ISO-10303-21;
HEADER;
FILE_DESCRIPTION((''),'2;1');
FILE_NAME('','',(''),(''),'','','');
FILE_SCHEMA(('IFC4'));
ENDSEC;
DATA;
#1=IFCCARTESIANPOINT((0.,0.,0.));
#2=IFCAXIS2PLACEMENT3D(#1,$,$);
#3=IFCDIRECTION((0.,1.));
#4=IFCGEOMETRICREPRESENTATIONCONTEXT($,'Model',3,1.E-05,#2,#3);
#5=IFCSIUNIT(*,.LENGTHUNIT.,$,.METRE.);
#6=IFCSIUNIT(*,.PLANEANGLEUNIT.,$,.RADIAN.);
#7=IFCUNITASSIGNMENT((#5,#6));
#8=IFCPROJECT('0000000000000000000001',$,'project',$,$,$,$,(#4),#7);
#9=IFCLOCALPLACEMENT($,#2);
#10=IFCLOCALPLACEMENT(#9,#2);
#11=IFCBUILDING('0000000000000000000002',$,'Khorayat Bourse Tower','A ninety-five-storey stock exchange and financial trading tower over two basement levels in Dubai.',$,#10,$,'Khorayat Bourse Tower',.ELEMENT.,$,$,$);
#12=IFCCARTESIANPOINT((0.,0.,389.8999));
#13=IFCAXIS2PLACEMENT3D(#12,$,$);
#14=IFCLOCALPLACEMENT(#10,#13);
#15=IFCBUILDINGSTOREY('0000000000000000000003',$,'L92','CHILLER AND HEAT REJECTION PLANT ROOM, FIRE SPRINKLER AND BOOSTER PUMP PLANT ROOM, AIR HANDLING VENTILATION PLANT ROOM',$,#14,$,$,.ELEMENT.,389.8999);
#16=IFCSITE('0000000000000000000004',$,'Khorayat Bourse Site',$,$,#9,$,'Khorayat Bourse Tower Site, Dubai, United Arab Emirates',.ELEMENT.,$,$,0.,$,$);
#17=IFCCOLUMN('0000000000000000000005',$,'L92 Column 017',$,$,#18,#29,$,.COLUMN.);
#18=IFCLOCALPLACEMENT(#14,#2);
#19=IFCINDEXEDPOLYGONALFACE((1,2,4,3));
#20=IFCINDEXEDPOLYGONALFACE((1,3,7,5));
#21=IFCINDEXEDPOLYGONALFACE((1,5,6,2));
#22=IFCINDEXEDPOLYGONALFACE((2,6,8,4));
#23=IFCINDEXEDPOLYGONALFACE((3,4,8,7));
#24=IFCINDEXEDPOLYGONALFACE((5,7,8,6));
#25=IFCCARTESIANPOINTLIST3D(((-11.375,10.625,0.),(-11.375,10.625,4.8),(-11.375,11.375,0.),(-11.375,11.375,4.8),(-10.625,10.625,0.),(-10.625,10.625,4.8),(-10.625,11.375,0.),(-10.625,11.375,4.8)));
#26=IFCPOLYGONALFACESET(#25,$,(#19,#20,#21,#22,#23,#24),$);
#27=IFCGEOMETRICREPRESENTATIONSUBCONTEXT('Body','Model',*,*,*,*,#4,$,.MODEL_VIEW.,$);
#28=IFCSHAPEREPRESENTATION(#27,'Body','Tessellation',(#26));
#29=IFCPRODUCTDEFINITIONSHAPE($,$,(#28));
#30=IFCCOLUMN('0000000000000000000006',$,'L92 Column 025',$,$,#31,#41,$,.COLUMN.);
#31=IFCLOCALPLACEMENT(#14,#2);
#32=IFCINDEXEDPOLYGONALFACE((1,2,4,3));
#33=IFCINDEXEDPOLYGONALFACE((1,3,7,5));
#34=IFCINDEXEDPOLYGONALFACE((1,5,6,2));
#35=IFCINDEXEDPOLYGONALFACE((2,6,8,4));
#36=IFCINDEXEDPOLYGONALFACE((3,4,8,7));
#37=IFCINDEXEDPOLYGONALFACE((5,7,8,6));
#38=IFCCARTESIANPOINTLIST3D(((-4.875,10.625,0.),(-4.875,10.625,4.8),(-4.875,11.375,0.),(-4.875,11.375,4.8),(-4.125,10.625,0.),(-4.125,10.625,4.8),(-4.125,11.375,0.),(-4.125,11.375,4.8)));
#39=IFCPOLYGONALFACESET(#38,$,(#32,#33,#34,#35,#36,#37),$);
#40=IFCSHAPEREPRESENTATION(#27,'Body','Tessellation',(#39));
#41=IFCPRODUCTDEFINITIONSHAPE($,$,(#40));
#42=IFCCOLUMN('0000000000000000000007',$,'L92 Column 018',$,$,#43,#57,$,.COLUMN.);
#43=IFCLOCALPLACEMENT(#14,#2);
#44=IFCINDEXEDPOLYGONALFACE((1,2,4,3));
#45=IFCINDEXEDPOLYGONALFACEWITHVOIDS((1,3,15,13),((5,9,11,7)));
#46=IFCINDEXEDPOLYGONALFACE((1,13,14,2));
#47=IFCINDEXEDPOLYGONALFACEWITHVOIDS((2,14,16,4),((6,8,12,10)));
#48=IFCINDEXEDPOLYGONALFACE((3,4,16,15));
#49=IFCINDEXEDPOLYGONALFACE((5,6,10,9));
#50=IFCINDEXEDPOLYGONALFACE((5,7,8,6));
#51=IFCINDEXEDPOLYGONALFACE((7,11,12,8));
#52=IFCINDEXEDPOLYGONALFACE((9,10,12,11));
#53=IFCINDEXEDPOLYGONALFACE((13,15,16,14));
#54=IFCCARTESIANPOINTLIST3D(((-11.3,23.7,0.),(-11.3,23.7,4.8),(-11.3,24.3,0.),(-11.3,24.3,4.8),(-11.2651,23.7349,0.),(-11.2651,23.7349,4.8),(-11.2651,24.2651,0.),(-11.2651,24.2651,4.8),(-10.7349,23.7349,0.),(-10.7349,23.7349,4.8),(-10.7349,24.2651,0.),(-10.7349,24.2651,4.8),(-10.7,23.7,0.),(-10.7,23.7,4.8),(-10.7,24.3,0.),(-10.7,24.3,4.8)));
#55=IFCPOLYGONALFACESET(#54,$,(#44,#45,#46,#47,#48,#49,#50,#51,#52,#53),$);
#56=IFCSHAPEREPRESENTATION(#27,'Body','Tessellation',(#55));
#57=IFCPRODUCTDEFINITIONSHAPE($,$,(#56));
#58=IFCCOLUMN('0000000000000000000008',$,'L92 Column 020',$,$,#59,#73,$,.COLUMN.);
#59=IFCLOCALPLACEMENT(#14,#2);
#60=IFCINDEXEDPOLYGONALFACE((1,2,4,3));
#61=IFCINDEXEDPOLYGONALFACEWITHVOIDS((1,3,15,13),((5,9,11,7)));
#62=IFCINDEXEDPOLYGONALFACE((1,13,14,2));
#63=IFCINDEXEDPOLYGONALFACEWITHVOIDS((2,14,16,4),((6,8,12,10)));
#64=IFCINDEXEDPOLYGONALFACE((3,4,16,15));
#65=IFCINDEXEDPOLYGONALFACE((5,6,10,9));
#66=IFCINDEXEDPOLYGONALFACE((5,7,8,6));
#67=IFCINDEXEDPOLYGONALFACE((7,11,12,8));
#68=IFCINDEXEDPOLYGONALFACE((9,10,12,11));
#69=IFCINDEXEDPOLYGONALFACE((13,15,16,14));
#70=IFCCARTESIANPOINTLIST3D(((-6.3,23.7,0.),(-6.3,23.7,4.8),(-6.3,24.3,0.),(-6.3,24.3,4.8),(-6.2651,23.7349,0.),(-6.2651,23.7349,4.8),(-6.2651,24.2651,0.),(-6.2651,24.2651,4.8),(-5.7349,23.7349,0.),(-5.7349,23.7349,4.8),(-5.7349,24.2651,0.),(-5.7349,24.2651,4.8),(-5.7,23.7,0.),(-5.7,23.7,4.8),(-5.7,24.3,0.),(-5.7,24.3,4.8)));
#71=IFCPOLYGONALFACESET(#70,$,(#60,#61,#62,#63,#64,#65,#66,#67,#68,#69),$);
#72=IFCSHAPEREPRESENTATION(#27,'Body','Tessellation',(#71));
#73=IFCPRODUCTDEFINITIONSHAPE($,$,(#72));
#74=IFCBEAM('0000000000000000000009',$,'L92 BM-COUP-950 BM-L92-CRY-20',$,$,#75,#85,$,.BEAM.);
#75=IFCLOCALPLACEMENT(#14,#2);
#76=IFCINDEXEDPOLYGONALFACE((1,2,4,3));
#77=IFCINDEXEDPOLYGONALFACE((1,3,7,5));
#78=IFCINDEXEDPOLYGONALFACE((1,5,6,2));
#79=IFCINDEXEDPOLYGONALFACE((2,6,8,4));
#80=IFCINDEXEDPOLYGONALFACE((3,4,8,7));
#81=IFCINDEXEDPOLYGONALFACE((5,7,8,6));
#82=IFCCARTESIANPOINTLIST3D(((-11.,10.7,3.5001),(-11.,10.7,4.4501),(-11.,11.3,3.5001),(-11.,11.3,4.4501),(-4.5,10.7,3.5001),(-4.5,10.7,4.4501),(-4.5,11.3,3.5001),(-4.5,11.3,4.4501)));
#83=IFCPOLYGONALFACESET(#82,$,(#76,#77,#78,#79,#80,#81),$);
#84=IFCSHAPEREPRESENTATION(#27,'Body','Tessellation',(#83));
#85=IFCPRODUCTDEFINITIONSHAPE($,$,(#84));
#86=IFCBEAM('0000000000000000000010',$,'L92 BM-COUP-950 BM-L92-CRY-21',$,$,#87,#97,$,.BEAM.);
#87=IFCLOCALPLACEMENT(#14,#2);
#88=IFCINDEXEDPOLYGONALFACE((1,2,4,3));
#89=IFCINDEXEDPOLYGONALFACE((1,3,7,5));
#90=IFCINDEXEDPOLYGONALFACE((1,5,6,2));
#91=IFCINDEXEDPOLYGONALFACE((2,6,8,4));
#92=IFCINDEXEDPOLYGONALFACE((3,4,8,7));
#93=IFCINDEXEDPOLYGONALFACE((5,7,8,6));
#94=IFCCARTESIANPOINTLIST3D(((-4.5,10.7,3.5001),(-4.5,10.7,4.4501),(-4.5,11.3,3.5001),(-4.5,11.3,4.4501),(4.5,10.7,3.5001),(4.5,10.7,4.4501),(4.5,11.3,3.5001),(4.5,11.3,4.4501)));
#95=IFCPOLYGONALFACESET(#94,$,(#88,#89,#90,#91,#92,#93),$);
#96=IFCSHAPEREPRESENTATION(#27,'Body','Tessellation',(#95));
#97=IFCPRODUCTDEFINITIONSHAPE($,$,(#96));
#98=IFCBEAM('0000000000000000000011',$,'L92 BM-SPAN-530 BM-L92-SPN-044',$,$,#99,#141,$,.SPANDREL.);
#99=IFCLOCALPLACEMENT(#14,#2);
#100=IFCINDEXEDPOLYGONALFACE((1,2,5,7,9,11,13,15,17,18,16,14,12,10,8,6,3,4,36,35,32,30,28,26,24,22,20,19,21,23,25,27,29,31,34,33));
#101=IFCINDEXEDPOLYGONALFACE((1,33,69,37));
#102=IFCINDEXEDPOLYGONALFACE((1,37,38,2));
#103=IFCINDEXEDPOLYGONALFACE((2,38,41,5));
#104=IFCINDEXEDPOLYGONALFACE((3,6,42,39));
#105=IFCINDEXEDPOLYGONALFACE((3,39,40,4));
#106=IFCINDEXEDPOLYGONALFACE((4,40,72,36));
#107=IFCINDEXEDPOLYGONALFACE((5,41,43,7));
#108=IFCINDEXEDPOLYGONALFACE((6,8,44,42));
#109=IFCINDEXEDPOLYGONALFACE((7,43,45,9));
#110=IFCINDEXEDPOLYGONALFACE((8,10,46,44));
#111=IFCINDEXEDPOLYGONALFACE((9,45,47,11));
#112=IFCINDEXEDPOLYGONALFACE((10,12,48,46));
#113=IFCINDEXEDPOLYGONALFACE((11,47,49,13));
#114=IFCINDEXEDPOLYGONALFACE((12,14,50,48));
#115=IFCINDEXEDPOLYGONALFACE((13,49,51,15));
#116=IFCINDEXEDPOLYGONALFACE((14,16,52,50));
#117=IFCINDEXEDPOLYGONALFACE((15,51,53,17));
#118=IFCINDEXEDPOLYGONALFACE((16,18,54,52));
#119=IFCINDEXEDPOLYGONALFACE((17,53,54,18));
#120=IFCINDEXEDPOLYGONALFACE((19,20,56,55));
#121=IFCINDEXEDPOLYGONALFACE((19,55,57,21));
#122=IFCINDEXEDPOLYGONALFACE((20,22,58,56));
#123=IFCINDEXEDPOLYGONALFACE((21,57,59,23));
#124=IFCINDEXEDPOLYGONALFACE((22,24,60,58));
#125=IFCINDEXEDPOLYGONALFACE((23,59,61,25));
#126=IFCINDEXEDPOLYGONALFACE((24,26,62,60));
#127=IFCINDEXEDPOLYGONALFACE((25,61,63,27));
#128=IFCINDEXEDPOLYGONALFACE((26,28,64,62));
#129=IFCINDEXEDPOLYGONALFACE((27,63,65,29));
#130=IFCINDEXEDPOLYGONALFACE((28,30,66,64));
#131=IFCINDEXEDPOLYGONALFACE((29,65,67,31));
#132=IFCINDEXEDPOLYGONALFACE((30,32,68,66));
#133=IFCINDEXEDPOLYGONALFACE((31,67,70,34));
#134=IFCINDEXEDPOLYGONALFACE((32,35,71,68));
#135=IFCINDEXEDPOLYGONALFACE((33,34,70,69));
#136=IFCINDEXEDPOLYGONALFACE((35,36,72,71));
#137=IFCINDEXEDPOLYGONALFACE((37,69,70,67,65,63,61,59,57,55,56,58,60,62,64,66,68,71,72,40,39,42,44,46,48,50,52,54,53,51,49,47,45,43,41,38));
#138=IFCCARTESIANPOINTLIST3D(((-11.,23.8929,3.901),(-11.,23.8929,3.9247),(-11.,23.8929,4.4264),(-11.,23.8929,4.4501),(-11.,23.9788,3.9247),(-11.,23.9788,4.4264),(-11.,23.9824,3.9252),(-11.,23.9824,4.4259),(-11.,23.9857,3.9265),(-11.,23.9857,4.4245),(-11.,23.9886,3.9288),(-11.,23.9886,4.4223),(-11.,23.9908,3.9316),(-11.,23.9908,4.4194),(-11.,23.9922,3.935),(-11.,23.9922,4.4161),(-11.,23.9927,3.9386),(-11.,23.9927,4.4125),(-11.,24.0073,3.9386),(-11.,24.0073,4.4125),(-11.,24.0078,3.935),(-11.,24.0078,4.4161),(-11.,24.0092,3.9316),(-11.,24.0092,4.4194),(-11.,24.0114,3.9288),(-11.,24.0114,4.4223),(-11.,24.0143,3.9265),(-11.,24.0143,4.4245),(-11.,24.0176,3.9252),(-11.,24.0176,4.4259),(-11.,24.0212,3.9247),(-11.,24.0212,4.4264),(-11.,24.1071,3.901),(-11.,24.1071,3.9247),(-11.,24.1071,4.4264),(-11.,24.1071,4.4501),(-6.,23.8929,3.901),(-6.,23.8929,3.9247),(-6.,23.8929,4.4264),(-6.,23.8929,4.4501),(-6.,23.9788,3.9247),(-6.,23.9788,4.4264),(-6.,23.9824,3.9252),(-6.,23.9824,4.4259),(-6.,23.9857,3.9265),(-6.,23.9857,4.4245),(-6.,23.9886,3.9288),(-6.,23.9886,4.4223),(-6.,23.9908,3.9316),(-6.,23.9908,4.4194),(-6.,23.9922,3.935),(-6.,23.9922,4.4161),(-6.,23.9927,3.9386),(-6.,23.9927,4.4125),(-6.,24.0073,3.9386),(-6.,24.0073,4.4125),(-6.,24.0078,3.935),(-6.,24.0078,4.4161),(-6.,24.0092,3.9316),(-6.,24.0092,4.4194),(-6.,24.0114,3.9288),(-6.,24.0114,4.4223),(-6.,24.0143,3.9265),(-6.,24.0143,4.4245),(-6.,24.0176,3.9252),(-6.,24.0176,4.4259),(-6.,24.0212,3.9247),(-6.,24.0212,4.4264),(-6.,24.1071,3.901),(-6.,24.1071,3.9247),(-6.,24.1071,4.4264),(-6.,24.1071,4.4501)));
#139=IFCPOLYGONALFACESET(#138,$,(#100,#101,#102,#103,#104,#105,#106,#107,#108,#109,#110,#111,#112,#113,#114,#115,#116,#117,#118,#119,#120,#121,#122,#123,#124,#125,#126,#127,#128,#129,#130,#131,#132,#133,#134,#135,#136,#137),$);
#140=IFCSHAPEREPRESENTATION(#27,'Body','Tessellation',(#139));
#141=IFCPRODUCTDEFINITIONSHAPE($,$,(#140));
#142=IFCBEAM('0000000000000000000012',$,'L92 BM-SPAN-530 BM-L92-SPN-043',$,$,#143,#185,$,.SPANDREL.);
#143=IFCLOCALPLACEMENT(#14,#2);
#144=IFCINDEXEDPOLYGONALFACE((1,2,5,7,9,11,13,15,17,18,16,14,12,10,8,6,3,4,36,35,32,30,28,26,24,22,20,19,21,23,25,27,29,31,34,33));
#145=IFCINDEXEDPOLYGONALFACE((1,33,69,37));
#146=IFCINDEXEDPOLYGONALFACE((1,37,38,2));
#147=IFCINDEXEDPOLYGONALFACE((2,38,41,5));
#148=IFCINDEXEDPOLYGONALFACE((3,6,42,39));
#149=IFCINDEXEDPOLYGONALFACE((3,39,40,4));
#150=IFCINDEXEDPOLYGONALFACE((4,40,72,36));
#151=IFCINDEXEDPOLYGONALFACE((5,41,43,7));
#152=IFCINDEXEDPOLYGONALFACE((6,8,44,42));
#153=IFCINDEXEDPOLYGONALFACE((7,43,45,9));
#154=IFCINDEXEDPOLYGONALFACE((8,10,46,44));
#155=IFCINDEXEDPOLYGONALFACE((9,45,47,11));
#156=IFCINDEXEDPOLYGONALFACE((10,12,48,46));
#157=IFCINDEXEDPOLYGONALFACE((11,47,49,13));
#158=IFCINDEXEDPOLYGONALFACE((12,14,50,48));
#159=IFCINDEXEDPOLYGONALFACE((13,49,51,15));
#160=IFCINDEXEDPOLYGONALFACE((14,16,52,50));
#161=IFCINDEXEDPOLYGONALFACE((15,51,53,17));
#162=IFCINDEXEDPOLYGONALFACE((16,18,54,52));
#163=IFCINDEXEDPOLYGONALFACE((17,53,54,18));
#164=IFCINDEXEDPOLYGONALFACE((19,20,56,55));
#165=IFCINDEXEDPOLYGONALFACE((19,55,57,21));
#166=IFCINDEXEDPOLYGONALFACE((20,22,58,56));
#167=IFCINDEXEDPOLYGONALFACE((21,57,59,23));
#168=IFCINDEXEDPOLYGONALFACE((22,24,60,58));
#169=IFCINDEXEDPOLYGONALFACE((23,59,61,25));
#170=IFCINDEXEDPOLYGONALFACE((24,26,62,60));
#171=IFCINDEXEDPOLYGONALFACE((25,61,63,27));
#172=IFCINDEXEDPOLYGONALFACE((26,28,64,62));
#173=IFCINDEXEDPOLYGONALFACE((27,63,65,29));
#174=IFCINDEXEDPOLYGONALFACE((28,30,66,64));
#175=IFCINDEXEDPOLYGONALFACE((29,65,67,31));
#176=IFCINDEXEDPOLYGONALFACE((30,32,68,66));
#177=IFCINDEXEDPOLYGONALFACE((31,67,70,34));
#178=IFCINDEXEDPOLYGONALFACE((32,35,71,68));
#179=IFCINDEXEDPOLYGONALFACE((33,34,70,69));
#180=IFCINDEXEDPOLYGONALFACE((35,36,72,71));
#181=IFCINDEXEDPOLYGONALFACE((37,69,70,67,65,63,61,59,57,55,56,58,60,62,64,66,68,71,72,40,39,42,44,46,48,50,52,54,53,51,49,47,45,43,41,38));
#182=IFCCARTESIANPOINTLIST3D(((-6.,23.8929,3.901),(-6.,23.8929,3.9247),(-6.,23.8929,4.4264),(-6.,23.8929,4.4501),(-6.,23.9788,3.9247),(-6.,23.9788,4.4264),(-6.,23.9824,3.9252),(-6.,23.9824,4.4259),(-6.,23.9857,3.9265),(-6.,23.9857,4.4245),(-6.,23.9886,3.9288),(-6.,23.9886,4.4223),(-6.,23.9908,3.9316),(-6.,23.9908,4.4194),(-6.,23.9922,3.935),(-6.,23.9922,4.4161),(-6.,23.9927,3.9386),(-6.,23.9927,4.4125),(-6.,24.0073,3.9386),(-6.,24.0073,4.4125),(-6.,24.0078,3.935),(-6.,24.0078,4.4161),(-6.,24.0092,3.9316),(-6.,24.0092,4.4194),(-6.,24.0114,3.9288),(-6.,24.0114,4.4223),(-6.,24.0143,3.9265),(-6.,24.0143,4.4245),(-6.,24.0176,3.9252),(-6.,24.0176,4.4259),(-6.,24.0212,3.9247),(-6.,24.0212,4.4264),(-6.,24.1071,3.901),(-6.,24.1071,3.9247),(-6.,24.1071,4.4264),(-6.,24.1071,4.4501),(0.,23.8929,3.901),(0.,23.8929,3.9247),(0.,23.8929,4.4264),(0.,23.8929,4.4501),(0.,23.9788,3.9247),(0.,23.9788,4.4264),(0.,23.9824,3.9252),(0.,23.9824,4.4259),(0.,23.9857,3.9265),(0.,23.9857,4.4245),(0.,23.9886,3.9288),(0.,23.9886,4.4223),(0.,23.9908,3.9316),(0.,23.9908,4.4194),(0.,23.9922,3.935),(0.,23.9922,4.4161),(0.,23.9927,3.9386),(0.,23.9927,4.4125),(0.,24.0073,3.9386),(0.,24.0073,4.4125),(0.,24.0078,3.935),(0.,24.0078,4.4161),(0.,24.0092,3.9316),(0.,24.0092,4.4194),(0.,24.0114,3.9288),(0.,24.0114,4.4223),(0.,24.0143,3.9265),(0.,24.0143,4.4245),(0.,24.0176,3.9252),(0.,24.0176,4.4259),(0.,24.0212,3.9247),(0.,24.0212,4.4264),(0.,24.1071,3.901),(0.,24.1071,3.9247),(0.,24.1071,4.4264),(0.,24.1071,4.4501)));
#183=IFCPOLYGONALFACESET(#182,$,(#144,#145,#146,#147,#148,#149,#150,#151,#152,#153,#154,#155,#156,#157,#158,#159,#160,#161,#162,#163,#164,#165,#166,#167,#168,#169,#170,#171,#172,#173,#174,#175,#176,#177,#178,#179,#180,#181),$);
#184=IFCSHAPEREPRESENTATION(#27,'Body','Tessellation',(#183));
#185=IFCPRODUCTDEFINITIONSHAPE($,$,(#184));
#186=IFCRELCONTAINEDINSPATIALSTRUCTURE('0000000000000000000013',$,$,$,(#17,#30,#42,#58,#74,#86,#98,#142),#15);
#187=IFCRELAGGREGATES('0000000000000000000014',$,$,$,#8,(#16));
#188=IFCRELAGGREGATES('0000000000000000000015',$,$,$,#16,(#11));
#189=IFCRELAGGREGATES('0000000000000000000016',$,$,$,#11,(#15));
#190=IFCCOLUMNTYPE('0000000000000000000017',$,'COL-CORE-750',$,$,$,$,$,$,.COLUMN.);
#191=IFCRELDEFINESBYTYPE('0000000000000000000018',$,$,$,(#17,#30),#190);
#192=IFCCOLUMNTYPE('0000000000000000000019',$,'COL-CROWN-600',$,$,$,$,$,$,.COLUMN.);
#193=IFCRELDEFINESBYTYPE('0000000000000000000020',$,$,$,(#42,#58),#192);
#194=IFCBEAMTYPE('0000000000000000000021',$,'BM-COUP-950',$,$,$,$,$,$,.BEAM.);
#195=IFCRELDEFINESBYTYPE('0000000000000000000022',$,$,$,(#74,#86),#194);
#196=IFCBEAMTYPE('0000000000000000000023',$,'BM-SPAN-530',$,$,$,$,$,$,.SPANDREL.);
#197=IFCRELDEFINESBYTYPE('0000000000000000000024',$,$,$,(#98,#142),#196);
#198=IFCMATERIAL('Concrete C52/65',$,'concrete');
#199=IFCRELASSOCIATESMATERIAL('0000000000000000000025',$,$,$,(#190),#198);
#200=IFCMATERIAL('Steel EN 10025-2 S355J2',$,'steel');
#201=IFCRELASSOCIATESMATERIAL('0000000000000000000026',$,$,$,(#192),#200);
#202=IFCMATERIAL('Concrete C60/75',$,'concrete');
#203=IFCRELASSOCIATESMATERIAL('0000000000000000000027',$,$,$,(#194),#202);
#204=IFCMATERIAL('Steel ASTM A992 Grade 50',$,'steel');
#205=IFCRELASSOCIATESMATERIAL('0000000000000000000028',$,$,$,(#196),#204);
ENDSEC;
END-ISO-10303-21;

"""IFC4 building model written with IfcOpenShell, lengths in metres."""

from ifc_helpers import new_model, si_unit, direction, frame, origin, origin_2d, place, context, subcontext, project, spatial, rectangle, hollow_rectangle, i_section, extrude, source, transform, mapped, material, material_profile, profile_set, type_object, element, save


model = new_model("IFC4")

# Units and contexts
model_context = context("Model", 3, precision=1e-05, world=origin(), true_north=direction((0.0, 1.0)))
body_context = subcontext(model_context, "Body", "Model", "MODEL_VIEW")
ifc_project = project(units=[si_unit("LENGTHUNIT", "METRE"), si_unit("PLANEANGLEUNIT", "RADIAN")], contexts=[model_context])

# Site, building, storey
site_placement = place(None, origin())
site = spatial("IfcSite", under=ifc_project, at=site_placement, Name="Khorayat Bourse Site", LongName="Khorayat Bourse Tower Site, Dubai, United Arab Emirates", CompositionType="ELEMENT", RefElevation=0.0)
building_placement = place(site_placement, origin())
building = spatial("IfcBuilding", under=site, at=building_placement, Name="Khorayat Bourse Tower", Description="A ninety-five-storey stock exchange and financial trading tower over two basement levels in Dubai.", LongName="Khorayat Bourse Tower", CompositionType="ELEMENT")
storey_placement = place(building_placement, frame((0.0, 0.0, 389.8999)))
storey = spatial("IfcBuildingStorey", under=building, at=storey_placement, Name="L92", Description="CHILLER AND HEAT REJECTION PLANT ROOM, FIRE SPRINKLER AND BOOSTER PUMP PLANT ROOM, AIR HANDLING VENTILATION PLANT ROOM", CompositionType="ELEMENT", Elevation=389.8999)

# Columns
ifc_material_1 = material(Name="Concrete C52/65", Category="concrete")
ifc_material_profile_1 = material_profile(ifc_material_1, rectangle(XDim=0.75, YDim=0.75, at=origin_2d()), Name="RC 750x750")
ifc_profile_set_1 = profile_set([ifc_material_profile_1], Name="Concrete C52/65")
column_type_1 = type_object("IfcColumnType", Name="COL-CORE-750", PredefinedType="COLUMN", material=ifc_profile_set_1)
shared_shape_1 = source(origin(), body_context, "Body", "SweptSolid", [
    extrude(rectangle(XDim=0.75, YDim=0.75, at=origin_2d()), origin(), (0.0, 0.0, 1.0), 4.8),
])
for number, where, z_axis, x_axis, name in (
    (1, (-11.0, 11.0, 0.0), (0.0, 0.0, 1.0), (1.0, 0.0, 0.0), "L92 Column 017"),
    (2, (-4.5, 11.0, 0.0), (0.0, 0.0, 1.0), (1.0, 0.0, 0.0), "L92 Column 025"),
):
    element("IfcColumn", number, at=place(storey_placement, frame(where, z_axis=z_axis, x_axis=x_axis)), inside=storey, type_object=column_type_1, Name=name, PredefinedType="COLUMN", context=body_context, shape_type="MappedRepresentation", body=[
        mapped(shared_shape_1, transform((0.0, 0.0, 0.0), scale=1.0)),
    ])
ifc_material_2 = material(Name="Steel EN 10025-2 S355J2", Category="steel")
ifc_material_profile_2 = material_profile(ifc_material_2, hollow_rectangle(XDim=0.6001, YDim=0.6001, WallThickness=0.0349, at=origin_2d()), Name="BOX 600x600x35")
ifc_profile_set_2 = profile_set([ifc_material_profile_2], Name="Steel EN 10025-2 S355J2")
column_type_2 = type_object("IfcColumnType", Name="COL-CROWN-600", PredefinedType="COLUMN", material=ifc_profile_set_2)
shared_shape_2 = source(origin(), body_context, "Body", "SweptSolid", [
    extrude(hollow_rectangle(XDim=0.6001, YDim=0.6001, WallThickness=0.0349, at=origin_2d()), origin(), (0.0, 0.0, 1.0), 4.8),
])
for number, where, z_axis, x_axis, name in (
    (3, (-11.0, 24.0, 0.0), (0.0, 0.0, 1.0), (1.0, 0.0, 0.0), "L92 Column 018"),
    (4, (-6.0, 24.0, 0.0), (0.0, 0.0, 1.0), (1.0, 0.0, 0.0), "L92 Column 020"),
):
    element("IfcColumn", number, at=place(storey_placement, frame(where, z_axis=z_axis, x_axis=x_axis)), inside=storey, type_object=column_type_2, Name=name, PredefinedType="COLUMN", context=body_context, shape_type="MappedRepresentation", body=[
        mapped(shared_shape_2, transform((0.0, 0.0, 0.0), scale=1.0)),
    ])

# Beams
ifc_material_3 = material(Name="Concrete C60/75", Category="concrete")
ifc_material_profile_3 = material_profile(ifc_material_3, rectangle(XDim=0.6001, YDim=0.95, at=origin_2d()), Name="RC 600x950")
ifc_profile_set_3 = profile_set([ifc_material_profile_3], Name="Concrete C60/75")
beam_type_1 = type_object("IfcBeamType", Name="BM-COUP-950", PredefinedType="BEAM", material=ifc_profile_set_3)
shared_shape_3 = source(origin(), body_context, "Body", "SweptSolid", [
    extrude(rectangle(XDim=0.6001, YDim=0.95, at=origin_2d()), origin(), (0.0, 0.0, 1.0), 6.5),
])
beam_1_placement = place(storey_placement, frame((-11.0, 11.0, 3.9751), z_axis=(1.0, 0.0, 0.0), x_axis=(0.0, 1.0, 0.0)))
element("IfcBeam", 5, at=beam_1_placement, inside=storey, type_object=beam_type_1, Name="L92 BM-COUP-950 BM-L92-CRY-20", PredefinedType="BEAM", context=body_context, shape_type="MappedRepresentation", body=[
    mapped(shared_shape_3, transform((0.0, 0.0, 0.0), scale=1.0)),
])
shared_shape_4 = source(origin(), body_context, "Body", "SweptSolid", [
    extrude(rectangle(XDim=0.6001, YDim=0.95, at=origin_2d()), origin(), (0.0, 0.0, 1.0), 9.0),
])
beam_2_placement = place(storey_placement, frame((-4.5, 11.0, 3.9751), z_axis=(1.0, 0.0, 0.0), x_axis=(0.0, 1.0, 0.0)))
element("IfcBeam", 6, at=beam_2_placement, inside=storey, type_object=beam_type_1, Name="L92 BM-COUP-950 BM-L92-CRY-21", PredefinedType="BEAM", context=body_context, shape_type="MappedRepresentation", body=[
    mapped(shared_shape_4, transform((0.0, 0.0, 0.0), scale=1.0)),
])
ifc_material_4 = material(Name="Steel ASTM A992 Grade 50", Category="steel")
ifc_material_profile_4 = material_profile(ifc_material_4, i_section(OverallWidth=0.2141, OverallDepth=0.5491, WebThickness=0.0146, FlangeThickness=0.0237, FilletRadius=0.0139, at=origin_2d()), Name="W530X138")
ifc_profile_set_4 = profile_set([ifc_material_profile_4], Name="Steel ASTM A992 Grade 50")
beam_type_2 = type_object("IfcBeamType", Name="BM-SPAN-530", PredefinedType="SPANDREL", material=ifc_profile_set_4)
shared_shape_5 = source(origin(), body_context, "Body", "SweptSolid", [
    extrude(i_section(OverallWidth=0.2141, OverallDepth=0.5491, WebThickness=0.0146, FlangeThickness=0.0237, FilletRadius=0.0139, at=origin_2d()), origin(), (0.0, 0.0, 1.0), 5.0),
])
beam_3_placement = place(storey_placement, frame((-11.0, 24.0, 4.1755), z_axis=(1.0, 0.0, 0.0), x_axis=(0.0, 1.0, 0.0)))
element("IfcBeam", 7, at=beam_3_placement, inside=storey, type_object=beam_type_2, Name="L92 BM-SPAN-530 BM-L92-SPN-044", PredefinedType="SPANDREL", context=body_context, shape_type="MappedRepresentation", body=[
    mapped(shared_shape_5, transform((0.0, 0.0, 0.0), scale=1.0)),
])
shared_shape_6 = source(origin(), body_context, "Body", "SweptSolid", [
    extrude(i_section(OverallWidth=0.2141, OverallDepth=0.5491, WebThickness=0.0146, FlangeThickness=0.0237, FilletRadius=0.0139, at=origin_2d()), origin(), (0.0, 0.0, 1.0), 6.0),
])
beam_4_placement = place(storey_placement, frame((-6.0, 24.0, 4.1755), z_axis=(1.0, 0.0, 0.0), x_axis=(0.0, 1.0, 0.0)))
element("IfcBeam", 8, at=beam_4_placement, inside=storey, type_object=beam_type_2, Name="L92 BM-SPAN-530 BM-L92-SPN-043", PredefinedType="SPANDREL", context=body_context, shape_type="MappedRepresentation", body=[
    mapped(shared_shape_6, transform((0.0, 0.0, 0.0), scale=1.0)),
])

save(model, "model.ifc")
